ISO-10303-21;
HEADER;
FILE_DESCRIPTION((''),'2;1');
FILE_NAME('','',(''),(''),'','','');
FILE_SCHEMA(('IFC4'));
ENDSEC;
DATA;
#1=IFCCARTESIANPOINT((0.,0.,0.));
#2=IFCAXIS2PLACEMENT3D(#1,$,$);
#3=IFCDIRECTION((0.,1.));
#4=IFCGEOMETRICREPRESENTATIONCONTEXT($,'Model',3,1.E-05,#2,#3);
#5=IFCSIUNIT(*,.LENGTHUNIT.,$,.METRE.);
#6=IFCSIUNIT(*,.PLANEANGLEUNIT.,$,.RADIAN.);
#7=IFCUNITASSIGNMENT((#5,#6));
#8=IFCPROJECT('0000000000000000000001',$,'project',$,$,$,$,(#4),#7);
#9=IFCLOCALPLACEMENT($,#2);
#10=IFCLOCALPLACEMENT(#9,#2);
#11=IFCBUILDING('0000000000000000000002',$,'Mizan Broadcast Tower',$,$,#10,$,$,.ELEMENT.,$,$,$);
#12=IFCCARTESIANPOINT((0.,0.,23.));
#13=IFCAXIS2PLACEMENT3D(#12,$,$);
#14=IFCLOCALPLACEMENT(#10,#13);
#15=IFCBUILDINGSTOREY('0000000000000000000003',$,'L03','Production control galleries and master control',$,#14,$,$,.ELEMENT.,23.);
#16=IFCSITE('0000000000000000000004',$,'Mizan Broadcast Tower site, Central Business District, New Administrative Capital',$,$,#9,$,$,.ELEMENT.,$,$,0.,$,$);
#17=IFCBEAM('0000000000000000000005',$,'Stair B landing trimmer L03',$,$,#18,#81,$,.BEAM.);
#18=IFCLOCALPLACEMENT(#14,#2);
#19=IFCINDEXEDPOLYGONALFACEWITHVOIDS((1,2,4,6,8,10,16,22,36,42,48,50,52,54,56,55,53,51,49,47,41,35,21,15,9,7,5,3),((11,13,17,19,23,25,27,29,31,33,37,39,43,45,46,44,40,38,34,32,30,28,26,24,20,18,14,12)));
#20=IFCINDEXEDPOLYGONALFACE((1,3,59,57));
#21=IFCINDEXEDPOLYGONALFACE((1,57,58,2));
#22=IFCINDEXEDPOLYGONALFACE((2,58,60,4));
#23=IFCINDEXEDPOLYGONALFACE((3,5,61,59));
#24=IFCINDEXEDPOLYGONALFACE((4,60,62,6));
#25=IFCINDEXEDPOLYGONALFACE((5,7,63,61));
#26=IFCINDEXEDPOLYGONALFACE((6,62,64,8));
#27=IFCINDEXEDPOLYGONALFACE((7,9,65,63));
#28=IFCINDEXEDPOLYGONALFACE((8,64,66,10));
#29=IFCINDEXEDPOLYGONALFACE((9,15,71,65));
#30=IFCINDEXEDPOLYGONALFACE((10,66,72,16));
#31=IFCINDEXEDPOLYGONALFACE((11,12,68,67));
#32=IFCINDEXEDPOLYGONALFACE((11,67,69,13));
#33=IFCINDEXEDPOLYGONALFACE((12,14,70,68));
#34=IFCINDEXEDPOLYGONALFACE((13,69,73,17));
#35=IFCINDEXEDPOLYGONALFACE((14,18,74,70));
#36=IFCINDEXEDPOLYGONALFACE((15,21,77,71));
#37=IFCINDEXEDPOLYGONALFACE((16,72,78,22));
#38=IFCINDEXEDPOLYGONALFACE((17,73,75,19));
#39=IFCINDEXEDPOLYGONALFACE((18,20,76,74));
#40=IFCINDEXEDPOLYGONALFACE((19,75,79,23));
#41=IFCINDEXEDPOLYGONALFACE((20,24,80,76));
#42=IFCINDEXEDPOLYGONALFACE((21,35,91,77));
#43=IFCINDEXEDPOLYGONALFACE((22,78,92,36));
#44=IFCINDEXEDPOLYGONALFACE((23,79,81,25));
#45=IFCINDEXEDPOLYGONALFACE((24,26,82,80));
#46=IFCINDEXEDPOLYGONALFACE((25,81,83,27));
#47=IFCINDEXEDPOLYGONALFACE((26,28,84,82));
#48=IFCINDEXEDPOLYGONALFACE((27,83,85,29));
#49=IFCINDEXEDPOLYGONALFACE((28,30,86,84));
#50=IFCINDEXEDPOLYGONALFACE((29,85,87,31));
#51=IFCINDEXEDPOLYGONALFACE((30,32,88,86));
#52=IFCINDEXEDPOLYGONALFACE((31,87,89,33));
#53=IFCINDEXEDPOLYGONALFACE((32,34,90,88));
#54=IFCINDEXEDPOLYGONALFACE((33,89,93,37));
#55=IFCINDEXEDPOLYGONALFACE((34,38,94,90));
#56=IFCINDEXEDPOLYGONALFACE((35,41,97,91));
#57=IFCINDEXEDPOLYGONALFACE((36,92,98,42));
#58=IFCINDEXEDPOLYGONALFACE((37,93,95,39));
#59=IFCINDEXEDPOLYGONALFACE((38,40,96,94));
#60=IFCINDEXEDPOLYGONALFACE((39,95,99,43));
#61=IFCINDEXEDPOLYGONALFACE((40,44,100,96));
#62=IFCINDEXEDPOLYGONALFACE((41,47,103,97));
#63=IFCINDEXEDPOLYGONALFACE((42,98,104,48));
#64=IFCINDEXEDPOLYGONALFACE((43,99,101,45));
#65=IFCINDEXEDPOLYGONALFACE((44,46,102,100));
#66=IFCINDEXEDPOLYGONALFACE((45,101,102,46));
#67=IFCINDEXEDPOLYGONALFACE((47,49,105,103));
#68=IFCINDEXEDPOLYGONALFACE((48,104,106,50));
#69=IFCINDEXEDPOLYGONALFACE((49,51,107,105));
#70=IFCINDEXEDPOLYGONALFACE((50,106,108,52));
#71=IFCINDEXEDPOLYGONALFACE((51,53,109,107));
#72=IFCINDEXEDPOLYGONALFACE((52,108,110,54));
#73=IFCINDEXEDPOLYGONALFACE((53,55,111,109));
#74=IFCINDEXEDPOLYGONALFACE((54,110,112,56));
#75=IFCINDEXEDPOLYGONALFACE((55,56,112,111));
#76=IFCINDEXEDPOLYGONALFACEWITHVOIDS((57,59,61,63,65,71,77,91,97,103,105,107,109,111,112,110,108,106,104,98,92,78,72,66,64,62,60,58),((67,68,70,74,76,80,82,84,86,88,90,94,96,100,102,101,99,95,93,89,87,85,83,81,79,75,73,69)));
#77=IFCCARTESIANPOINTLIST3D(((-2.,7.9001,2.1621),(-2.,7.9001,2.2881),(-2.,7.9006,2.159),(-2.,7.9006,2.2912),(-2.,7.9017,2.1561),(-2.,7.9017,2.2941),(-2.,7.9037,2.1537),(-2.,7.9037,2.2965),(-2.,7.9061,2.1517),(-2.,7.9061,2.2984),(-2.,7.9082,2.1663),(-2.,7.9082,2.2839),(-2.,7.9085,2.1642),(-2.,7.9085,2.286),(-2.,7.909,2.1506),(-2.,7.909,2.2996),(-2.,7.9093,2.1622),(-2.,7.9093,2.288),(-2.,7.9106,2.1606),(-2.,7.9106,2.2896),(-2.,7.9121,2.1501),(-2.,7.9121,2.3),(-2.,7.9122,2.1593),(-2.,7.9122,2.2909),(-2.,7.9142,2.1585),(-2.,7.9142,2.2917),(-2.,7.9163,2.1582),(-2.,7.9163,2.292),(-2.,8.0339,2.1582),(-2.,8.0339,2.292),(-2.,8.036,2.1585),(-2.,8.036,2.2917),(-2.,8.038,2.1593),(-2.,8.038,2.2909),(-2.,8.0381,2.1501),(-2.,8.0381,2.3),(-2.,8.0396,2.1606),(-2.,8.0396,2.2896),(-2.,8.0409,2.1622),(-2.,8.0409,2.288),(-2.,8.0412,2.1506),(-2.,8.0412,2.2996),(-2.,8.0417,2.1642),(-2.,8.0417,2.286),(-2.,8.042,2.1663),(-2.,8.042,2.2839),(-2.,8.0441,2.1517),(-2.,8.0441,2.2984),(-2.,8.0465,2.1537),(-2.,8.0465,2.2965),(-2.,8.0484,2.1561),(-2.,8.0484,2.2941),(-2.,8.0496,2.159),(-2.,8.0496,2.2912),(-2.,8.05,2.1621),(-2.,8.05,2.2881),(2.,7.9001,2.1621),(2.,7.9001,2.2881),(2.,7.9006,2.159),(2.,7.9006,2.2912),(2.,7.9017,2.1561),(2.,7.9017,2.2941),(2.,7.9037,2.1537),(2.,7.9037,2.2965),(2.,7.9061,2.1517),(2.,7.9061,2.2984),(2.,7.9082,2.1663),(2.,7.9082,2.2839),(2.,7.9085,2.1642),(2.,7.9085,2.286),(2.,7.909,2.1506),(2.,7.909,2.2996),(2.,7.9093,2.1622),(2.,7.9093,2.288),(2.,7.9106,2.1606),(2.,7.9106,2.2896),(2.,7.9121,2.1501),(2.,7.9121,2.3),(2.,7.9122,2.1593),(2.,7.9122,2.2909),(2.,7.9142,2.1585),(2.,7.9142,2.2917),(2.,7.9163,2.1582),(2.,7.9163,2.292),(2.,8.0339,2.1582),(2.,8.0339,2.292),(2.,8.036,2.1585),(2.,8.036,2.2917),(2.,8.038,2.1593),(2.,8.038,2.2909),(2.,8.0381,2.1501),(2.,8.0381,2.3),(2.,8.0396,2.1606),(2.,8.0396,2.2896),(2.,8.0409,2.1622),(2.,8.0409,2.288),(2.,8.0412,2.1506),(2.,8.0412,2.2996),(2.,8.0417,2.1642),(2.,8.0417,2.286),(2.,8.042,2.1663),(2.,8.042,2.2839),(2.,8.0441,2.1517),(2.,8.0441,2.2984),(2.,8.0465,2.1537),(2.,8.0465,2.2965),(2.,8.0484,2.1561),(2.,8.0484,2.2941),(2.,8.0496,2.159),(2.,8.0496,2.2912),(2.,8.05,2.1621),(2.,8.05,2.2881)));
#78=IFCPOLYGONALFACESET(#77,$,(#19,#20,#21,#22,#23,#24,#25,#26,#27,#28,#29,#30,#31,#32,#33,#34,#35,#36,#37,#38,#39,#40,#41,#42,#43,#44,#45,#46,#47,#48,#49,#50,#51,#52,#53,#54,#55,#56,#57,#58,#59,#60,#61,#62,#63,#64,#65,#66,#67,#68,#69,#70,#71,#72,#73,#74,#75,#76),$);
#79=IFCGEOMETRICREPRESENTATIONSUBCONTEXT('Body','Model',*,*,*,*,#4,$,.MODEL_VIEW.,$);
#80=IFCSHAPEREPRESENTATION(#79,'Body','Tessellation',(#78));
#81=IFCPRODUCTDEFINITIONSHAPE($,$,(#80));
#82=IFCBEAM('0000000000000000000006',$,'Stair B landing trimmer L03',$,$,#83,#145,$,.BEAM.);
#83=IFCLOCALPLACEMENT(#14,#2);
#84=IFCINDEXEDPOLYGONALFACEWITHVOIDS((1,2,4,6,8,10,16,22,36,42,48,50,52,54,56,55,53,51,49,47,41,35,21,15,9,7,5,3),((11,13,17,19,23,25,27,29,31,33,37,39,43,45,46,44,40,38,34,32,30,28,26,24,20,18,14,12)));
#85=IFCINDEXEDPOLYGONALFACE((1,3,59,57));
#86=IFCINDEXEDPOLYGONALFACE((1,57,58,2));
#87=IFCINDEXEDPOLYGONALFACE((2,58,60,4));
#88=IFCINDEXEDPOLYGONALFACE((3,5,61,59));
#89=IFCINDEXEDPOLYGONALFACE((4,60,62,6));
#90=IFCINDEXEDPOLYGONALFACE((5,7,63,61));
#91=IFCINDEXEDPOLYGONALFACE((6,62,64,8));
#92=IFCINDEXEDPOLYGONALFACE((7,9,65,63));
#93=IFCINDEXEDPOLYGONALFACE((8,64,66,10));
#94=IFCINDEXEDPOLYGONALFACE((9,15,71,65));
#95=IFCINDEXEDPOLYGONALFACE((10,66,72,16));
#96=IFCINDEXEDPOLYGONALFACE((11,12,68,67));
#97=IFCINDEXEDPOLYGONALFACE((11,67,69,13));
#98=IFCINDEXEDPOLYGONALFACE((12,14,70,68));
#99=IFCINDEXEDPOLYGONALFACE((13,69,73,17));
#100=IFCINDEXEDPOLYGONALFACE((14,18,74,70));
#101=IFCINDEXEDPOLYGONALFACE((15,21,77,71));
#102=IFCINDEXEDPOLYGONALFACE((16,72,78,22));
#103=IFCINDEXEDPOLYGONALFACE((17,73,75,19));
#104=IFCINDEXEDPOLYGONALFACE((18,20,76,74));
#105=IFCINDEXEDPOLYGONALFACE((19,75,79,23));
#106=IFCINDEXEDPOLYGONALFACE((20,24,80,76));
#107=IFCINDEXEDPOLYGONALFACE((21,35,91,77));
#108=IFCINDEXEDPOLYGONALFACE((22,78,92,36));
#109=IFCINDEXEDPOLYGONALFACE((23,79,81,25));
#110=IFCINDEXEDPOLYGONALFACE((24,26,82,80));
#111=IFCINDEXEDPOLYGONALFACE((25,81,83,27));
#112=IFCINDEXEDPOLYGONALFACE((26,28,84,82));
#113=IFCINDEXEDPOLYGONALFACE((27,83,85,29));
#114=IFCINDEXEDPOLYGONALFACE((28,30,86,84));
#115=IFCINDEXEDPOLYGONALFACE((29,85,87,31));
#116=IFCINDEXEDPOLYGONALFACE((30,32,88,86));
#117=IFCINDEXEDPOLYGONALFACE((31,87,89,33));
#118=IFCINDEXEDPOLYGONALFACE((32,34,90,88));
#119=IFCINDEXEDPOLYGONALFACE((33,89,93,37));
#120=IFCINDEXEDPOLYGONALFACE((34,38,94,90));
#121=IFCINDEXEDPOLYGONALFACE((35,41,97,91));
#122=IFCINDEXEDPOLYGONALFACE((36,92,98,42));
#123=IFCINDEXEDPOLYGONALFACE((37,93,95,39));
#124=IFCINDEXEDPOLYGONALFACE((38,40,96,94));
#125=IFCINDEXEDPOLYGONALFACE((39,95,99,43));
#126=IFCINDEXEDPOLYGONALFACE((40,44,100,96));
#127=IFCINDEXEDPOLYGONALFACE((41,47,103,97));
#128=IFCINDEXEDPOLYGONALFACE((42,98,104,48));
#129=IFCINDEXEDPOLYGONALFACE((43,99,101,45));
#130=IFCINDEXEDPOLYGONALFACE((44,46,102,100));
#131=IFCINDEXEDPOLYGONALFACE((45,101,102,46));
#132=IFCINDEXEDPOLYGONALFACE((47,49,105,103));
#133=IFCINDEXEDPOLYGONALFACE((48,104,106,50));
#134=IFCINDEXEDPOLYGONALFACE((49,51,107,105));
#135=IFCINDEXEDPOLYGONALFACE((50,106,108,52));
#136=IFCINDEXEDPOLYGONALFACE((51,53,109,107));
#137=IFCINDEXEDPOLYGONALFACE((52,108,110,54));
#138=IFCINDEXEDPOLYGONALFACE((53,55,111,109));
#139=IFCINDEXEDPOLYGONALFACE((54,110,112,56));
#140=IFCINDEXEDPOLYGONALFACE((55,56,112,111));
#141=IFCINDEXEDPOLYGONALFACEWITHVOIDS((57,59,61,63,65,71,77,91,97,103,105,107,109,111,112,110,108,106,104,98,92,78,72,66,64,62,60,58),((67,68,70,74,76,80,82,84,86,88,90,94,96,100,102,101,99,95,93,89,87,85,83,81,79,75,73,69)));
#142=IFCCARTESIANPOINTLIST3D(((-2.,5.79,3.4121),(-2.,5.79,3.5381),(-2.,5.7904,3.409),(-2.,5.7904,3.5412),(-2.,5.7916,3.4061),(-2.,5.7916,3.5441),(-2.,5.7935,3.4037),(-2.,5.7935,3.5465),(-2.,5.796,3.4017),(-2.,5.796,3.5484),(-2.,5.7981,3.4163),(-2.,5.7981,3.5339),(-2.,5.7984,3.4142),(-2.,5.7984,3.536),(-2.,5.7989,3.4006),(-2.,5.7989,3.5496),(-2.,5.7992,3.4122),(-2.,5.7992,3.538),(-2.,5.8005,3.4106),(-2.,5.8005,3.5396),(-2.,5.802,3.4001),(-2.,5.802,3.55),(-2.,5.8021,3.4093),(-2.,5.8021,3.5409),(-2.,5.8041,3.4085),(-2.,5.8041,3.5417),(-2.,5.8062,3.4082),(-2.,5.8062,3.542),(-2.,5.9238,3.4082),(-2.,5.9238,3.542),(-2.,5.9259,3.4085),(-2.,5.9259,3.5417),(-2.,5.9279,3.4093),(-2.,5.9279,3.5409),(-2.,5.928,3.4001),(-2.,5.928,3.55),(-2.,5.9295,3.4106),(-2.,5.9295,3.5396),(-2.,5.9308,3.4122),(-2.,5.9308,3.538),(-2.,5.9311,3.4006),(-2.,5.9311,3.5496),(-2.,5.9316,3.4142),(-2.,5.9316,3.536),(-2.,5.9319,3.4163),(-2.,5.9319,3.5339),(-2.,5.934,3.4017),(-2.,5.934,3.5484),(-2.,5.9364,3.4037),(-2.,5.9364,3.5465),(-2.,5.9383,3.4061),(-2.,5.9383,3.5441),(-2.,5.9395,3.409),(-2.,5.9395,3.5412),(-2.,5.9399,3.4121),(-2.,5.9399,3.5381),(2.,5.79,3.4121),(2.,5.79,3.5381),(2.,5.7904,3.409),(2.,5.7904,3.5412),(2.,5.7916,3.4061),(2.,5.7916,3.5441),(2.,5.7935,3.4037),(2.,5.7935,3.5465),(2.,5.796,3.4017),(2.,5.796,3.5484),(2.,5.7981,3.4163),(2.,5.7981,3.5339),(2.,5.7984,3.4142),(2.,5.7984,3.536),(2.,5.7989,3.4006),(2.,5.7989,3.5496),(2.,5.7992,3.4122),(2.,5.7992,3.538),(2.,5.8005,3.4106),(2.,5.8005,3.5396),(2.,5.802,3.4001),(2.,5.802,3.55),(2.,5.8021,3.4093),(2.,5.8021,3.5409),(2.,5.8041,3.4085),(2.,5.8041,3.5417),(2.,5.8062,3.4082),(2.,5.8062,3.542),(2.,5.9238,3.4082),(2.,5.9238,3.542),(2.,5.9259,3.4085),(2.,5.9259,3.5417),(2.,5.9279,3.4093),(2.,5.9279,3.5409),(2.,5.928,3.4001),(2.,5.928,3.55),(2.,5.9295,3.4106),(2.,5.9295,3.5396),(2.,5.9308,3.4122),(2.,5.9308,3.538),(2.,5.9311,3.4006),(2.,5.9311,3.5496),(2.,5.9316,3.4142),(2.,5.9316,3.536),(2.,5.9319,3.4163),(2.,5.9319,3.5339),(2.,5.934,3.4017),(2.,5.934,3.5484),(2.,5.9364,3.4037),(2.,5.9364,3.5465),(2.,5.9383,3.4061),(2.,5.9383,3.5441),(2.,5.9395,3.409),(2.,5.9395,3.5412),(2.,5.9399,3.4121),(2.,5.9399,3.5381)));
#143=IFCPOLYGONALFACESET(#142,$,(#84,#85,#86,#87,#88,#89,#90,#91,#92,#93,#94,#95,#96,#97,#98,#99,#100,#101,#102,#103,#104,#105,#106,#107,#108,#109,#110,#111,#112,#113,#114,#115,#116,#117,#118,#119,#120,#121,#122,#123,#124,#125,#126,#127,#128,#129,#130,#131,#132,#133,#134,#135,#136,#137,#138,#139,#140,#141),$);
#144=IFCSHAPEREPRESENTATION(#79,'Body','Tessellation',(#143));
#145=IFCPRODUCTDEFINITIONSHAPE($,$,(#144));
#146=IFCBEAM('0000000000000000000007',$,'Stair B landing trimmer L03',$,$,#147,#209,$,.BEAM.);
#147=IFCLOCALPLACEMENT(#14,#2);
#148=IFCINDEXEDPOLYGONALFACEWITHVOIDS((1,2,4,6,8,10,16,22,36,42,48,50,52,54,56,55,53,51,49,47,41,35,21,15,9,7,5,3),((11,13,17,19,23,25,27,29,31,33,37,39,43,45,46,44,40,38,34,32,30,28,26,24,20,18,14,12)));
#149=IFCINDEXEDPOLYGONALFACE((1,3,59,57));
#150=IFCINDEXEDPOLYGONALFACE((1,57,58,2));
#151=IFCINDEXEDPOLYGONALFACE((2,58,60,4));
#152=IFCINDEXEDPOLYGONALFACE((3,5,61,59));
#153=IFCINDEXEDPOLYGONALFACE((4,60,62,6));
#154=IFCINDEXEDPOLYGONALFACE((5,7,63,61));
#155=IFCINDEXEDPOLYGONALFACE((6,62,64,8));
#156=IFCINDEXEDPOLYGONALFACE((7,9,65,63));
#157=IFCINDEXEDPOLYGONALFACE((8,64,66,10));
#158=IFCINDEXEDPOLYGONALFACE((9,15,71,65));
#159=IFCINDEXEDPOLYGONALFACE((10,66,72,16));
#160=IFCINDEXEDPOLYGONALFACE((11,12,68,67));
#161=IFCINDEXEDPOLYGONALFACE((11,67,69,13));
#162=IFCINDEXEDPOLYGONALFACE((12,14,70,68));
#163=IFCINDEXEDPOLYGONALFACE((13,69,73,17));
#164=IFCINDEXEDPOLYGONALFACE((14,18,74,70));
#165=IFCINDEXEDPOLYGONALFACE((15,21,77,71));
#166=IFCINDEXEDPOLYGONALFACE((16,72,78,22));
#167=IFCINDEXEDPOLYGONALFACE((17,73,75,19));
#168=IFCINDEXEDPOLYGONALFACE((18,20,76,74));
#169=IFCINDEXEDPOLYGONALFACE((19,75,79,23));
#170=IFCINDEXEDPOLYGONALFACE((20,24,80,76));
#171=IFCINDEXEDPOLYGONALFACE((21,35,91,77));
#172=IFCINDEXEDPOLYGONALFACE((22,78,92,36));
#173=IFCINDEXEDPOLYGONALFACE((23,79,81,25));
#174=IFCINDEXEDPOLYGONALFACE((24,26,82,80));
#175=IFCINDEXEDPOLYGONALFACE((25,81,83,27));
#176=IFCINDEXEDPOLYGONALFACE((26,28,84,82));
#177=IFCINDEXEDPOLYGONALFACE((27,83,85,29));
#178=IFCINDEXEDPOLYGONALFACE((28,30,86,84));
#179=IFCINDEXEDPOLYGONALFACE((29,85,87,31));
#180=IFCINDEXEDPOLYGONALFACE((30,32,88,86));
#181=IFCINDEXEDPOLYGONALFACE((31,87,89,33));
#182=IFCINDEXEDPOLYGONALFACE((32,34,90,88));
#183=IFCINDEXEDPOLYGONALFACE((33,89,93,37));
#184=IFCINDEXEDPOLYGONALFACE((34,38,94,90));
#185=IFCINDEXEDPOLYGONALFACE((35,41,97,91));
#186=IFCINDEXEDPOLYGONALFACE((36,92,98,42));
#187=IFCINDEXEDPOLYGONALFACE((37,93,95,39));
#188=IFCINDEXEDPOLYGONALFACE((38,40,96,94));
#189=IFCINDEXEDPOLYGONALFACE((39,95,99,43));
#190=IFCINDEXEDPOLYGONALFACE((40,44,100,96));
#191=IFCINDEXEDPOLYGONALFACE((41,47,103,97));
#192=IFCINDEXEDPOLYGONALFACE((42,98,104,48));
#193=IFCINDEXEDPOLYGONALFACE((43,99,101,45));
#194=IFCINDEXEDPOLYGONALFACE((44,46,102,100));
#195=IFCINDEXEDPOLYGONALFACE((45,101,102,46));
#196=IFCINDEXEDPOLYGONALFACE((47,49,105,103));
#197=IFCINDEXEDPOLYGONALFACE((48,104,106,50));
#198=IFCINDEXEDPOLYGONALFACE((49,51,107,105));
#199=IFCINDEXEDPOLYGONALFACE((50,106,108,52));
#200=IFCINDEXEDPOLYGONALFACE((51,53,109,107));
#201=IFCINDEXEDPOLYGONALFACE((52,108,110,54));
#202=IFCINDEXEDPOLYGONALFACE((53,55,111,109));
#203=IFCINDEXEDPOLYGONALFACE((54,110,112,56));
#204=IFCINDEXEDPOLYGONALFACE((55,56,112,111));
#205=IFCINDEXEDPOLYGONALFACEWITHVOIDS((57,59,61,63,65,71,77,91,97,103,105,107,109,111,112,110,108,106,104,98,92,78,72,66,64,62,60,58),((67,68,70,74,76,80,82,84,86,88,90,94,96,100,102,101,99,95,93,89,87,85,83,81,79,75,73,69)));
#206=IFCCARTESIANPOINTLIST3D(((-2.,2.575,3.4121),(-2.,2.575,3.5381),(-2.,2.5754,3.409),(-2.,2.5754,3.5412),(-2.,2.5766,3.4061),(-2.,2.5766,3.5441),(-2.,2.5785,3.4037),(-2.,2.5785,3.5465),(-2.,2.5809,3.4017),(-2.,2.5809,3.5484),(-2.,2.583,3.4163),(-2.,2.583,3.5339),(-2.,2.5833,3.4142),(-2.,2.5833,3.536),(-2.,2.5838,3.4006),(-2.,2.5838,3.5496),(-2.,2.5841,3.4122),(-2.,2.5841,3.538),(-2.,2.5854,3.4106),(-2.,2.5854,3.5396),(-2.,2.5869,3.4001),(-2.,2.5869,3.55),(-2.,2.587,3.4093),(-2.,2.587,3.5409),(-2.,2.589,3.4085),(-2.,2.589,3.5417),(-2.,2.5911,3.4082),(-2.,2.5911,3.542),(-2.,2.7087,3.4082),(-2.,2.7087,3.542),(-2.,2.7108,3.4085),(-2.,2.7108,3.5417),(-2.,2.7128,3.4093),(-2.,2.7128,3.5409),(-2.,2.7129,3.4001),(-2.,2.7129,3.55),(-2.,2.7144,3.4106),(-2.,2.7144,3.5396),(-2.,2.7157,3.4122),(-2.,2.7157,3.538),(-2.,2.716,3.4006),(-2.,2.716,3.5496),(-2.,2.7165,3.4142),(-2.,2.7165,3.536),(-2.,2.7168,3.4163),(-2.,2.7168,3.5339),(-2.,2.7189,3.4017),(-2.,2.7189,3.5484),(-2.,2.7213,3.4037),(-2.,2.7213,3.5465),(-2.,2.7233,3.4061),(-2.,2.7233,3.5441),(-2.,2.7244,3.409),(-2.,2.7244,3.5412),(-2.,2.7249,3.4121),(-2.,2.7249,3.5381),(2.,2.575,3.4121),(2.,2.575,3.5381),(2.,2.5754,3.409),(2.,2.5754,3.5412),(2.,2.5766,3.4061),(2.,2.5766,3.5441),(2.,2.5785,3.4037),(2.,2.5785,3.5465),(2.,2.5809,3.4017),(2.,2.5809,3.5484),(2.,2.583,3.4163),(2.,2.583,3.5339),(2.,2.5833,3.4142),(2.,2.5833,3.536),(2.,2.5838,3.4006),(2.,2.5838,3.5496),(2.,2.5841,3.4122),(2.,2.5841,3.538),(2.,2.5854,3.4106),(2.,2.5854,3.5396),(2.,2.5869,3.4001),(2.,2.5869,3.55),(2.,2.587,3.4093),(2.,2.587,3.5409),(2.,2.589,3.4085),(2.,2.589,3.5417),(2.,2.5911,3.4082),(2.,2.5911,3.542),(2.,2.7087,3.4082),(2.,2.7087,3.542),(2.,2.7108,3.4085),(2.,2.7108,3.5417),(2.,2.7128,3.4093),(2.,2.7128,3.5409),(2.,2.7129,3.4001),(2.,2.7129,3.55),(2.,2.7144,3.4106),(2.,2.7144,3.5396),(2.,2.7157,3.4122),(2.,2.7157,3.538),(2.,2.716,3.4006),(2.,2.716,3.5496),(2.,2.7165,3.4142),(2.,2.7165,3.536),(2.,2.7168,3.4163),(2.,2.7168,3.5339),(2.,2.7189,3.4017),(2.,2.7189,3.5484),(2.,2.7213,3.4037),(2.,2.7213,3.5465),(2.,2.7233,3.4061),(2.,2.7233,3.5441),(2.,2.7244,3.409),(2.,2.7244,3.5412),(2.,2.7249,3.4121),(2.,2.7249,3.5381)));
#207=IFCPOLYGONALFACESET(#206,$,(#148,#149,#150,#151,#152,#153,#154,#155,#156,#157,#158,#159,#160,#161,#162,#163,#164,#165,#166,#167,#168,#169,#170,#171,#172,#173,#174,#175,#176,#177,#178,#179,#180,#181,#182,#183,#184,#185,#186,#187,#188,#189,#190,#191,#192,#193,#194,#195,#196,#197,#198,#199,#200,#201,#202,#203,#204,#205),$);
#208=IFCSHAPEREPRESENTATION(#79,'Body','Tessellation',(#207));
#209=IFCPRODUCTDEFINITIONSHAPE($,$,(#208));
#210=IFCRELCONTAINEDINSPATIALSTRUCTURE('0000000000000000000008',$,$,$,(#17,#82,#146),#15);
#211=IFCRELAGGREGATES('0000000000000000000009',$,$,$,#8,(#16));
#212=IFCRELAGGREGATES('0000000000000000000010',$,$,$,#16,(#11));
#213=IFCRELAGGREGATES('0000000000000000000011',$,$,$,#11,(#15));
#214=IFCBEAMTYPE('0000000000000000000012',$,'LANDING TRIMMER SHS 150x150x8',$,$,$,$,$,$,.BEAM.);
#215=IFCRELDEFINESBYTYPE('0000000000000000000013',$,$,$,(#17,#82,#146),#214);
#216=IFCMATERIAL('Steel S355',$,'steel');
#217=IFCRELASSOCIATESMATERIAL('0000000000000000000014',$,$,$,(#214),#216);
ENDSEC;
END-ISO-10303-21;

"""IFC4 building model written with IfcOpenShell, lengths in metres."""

from ifc_helpers import new_model, si_unit, direction, frame, origin, origin_2d, place, context, subcontext, project, spatial, hollow_rectangle, extrude, material, material_profile, profile_set, type_object, element, save


model = new_model("IFC4")

# Units and contexts
model_context = context("Model", 3, precision=1e-05, world=origin(), true_north=direction((0.0, 1.0)))
body_context = subcontext(model_context, "Body", "Model", "MODEL_VIEW")
ifc_project = project(units=[si_unit("LENGTHUNIT", "METRE"), si_unit("PLANEANGLEUNIT", "RADIAN")], contexts=[model_context])

# Site, building, storey
site_placement = place(None, origin())
site = spatial("IfcSite", under=ifc_project, at=site_placement, Name="Mizan Broadcast Tower site, Central Business District, New Administrative Capital", CompositionType="ELEMENT", RefElevation=0.0)
building_placement = place(site_placement, origin())
building = spatial("IfcBuilding", under=site, at=building_placement, Name="Mizan Broadcast Tower", CompositionType="ELEMENT")
storey_placement = place(building_placement, frame((0.0, 0.0, 23.0)))
storey = spatial("IfcBuildingStorey", under=building, at=storey_placement, Name="L03", Description="Production control galleries and master control", CompositionType="ELEMENT", Elevation=23.0)

# Beams
ifc_material_1 = material(Name="Steel S355", Category="steel")
ifc_material_profile_1 = material_profile(ifc_material_1, hollow_rectangle(XDim=0.1499, YDim=0.1499, WallThickness=0.0081, InnerFilletRadius=0.0081, OuterFilletRadius=0.012, at=origin_2d()), Name="SHS 150x150x8")
ifc_profile_set_1 = profile_set([ifc_material_profile_1], Name="Steel S355")
beam_type_1 = type_object("IfcBeamType", Name="LANDING TRIMMER SHS 150x150x8", PredefinedType="BEAM", material=ifc_profile_set_1)
for number, where, z_axis, x_axis, name in (
    (1, (2.0, 7.9751, 2.2251), (-1.0, 0.0, 0.0), (0.0, -1.0, 0.0), "Stair B landing trimmer L03"),
    (2, (2.0, 5.865, 3.4751), (-1.0, 0.0, 0.0), (0.0, -1.0, 0.0), "Stair B landing trimmer L03"),
    (3, (2.0, 2.6499, 3.4751), (-1.0, 0.0, 0.0), (0.0, -1.0, 0.0), "Stair B landing trimmer L03"),
):
    element("IfcBeam", number, at=place(storey_placement, frame(where, z_axis=z_axis, x_axis=x_axis)), inside=storey, type_object=beam_type_1, Name=name, PredefinedType="BEAM", context=body_context, shape_type="SweptSolid", body=[
        extrude(hollow_rectangle(XDim=0.1499, YDim=0.1499, WallThickness=0.0081, InnerFilletRadius=0.0081, OuterFilletRadius=0.012, at=origin_2d()), origin(), (0.0, 0.0, 1.0), 4.0),
    ])

save(model, "model.ifc")
